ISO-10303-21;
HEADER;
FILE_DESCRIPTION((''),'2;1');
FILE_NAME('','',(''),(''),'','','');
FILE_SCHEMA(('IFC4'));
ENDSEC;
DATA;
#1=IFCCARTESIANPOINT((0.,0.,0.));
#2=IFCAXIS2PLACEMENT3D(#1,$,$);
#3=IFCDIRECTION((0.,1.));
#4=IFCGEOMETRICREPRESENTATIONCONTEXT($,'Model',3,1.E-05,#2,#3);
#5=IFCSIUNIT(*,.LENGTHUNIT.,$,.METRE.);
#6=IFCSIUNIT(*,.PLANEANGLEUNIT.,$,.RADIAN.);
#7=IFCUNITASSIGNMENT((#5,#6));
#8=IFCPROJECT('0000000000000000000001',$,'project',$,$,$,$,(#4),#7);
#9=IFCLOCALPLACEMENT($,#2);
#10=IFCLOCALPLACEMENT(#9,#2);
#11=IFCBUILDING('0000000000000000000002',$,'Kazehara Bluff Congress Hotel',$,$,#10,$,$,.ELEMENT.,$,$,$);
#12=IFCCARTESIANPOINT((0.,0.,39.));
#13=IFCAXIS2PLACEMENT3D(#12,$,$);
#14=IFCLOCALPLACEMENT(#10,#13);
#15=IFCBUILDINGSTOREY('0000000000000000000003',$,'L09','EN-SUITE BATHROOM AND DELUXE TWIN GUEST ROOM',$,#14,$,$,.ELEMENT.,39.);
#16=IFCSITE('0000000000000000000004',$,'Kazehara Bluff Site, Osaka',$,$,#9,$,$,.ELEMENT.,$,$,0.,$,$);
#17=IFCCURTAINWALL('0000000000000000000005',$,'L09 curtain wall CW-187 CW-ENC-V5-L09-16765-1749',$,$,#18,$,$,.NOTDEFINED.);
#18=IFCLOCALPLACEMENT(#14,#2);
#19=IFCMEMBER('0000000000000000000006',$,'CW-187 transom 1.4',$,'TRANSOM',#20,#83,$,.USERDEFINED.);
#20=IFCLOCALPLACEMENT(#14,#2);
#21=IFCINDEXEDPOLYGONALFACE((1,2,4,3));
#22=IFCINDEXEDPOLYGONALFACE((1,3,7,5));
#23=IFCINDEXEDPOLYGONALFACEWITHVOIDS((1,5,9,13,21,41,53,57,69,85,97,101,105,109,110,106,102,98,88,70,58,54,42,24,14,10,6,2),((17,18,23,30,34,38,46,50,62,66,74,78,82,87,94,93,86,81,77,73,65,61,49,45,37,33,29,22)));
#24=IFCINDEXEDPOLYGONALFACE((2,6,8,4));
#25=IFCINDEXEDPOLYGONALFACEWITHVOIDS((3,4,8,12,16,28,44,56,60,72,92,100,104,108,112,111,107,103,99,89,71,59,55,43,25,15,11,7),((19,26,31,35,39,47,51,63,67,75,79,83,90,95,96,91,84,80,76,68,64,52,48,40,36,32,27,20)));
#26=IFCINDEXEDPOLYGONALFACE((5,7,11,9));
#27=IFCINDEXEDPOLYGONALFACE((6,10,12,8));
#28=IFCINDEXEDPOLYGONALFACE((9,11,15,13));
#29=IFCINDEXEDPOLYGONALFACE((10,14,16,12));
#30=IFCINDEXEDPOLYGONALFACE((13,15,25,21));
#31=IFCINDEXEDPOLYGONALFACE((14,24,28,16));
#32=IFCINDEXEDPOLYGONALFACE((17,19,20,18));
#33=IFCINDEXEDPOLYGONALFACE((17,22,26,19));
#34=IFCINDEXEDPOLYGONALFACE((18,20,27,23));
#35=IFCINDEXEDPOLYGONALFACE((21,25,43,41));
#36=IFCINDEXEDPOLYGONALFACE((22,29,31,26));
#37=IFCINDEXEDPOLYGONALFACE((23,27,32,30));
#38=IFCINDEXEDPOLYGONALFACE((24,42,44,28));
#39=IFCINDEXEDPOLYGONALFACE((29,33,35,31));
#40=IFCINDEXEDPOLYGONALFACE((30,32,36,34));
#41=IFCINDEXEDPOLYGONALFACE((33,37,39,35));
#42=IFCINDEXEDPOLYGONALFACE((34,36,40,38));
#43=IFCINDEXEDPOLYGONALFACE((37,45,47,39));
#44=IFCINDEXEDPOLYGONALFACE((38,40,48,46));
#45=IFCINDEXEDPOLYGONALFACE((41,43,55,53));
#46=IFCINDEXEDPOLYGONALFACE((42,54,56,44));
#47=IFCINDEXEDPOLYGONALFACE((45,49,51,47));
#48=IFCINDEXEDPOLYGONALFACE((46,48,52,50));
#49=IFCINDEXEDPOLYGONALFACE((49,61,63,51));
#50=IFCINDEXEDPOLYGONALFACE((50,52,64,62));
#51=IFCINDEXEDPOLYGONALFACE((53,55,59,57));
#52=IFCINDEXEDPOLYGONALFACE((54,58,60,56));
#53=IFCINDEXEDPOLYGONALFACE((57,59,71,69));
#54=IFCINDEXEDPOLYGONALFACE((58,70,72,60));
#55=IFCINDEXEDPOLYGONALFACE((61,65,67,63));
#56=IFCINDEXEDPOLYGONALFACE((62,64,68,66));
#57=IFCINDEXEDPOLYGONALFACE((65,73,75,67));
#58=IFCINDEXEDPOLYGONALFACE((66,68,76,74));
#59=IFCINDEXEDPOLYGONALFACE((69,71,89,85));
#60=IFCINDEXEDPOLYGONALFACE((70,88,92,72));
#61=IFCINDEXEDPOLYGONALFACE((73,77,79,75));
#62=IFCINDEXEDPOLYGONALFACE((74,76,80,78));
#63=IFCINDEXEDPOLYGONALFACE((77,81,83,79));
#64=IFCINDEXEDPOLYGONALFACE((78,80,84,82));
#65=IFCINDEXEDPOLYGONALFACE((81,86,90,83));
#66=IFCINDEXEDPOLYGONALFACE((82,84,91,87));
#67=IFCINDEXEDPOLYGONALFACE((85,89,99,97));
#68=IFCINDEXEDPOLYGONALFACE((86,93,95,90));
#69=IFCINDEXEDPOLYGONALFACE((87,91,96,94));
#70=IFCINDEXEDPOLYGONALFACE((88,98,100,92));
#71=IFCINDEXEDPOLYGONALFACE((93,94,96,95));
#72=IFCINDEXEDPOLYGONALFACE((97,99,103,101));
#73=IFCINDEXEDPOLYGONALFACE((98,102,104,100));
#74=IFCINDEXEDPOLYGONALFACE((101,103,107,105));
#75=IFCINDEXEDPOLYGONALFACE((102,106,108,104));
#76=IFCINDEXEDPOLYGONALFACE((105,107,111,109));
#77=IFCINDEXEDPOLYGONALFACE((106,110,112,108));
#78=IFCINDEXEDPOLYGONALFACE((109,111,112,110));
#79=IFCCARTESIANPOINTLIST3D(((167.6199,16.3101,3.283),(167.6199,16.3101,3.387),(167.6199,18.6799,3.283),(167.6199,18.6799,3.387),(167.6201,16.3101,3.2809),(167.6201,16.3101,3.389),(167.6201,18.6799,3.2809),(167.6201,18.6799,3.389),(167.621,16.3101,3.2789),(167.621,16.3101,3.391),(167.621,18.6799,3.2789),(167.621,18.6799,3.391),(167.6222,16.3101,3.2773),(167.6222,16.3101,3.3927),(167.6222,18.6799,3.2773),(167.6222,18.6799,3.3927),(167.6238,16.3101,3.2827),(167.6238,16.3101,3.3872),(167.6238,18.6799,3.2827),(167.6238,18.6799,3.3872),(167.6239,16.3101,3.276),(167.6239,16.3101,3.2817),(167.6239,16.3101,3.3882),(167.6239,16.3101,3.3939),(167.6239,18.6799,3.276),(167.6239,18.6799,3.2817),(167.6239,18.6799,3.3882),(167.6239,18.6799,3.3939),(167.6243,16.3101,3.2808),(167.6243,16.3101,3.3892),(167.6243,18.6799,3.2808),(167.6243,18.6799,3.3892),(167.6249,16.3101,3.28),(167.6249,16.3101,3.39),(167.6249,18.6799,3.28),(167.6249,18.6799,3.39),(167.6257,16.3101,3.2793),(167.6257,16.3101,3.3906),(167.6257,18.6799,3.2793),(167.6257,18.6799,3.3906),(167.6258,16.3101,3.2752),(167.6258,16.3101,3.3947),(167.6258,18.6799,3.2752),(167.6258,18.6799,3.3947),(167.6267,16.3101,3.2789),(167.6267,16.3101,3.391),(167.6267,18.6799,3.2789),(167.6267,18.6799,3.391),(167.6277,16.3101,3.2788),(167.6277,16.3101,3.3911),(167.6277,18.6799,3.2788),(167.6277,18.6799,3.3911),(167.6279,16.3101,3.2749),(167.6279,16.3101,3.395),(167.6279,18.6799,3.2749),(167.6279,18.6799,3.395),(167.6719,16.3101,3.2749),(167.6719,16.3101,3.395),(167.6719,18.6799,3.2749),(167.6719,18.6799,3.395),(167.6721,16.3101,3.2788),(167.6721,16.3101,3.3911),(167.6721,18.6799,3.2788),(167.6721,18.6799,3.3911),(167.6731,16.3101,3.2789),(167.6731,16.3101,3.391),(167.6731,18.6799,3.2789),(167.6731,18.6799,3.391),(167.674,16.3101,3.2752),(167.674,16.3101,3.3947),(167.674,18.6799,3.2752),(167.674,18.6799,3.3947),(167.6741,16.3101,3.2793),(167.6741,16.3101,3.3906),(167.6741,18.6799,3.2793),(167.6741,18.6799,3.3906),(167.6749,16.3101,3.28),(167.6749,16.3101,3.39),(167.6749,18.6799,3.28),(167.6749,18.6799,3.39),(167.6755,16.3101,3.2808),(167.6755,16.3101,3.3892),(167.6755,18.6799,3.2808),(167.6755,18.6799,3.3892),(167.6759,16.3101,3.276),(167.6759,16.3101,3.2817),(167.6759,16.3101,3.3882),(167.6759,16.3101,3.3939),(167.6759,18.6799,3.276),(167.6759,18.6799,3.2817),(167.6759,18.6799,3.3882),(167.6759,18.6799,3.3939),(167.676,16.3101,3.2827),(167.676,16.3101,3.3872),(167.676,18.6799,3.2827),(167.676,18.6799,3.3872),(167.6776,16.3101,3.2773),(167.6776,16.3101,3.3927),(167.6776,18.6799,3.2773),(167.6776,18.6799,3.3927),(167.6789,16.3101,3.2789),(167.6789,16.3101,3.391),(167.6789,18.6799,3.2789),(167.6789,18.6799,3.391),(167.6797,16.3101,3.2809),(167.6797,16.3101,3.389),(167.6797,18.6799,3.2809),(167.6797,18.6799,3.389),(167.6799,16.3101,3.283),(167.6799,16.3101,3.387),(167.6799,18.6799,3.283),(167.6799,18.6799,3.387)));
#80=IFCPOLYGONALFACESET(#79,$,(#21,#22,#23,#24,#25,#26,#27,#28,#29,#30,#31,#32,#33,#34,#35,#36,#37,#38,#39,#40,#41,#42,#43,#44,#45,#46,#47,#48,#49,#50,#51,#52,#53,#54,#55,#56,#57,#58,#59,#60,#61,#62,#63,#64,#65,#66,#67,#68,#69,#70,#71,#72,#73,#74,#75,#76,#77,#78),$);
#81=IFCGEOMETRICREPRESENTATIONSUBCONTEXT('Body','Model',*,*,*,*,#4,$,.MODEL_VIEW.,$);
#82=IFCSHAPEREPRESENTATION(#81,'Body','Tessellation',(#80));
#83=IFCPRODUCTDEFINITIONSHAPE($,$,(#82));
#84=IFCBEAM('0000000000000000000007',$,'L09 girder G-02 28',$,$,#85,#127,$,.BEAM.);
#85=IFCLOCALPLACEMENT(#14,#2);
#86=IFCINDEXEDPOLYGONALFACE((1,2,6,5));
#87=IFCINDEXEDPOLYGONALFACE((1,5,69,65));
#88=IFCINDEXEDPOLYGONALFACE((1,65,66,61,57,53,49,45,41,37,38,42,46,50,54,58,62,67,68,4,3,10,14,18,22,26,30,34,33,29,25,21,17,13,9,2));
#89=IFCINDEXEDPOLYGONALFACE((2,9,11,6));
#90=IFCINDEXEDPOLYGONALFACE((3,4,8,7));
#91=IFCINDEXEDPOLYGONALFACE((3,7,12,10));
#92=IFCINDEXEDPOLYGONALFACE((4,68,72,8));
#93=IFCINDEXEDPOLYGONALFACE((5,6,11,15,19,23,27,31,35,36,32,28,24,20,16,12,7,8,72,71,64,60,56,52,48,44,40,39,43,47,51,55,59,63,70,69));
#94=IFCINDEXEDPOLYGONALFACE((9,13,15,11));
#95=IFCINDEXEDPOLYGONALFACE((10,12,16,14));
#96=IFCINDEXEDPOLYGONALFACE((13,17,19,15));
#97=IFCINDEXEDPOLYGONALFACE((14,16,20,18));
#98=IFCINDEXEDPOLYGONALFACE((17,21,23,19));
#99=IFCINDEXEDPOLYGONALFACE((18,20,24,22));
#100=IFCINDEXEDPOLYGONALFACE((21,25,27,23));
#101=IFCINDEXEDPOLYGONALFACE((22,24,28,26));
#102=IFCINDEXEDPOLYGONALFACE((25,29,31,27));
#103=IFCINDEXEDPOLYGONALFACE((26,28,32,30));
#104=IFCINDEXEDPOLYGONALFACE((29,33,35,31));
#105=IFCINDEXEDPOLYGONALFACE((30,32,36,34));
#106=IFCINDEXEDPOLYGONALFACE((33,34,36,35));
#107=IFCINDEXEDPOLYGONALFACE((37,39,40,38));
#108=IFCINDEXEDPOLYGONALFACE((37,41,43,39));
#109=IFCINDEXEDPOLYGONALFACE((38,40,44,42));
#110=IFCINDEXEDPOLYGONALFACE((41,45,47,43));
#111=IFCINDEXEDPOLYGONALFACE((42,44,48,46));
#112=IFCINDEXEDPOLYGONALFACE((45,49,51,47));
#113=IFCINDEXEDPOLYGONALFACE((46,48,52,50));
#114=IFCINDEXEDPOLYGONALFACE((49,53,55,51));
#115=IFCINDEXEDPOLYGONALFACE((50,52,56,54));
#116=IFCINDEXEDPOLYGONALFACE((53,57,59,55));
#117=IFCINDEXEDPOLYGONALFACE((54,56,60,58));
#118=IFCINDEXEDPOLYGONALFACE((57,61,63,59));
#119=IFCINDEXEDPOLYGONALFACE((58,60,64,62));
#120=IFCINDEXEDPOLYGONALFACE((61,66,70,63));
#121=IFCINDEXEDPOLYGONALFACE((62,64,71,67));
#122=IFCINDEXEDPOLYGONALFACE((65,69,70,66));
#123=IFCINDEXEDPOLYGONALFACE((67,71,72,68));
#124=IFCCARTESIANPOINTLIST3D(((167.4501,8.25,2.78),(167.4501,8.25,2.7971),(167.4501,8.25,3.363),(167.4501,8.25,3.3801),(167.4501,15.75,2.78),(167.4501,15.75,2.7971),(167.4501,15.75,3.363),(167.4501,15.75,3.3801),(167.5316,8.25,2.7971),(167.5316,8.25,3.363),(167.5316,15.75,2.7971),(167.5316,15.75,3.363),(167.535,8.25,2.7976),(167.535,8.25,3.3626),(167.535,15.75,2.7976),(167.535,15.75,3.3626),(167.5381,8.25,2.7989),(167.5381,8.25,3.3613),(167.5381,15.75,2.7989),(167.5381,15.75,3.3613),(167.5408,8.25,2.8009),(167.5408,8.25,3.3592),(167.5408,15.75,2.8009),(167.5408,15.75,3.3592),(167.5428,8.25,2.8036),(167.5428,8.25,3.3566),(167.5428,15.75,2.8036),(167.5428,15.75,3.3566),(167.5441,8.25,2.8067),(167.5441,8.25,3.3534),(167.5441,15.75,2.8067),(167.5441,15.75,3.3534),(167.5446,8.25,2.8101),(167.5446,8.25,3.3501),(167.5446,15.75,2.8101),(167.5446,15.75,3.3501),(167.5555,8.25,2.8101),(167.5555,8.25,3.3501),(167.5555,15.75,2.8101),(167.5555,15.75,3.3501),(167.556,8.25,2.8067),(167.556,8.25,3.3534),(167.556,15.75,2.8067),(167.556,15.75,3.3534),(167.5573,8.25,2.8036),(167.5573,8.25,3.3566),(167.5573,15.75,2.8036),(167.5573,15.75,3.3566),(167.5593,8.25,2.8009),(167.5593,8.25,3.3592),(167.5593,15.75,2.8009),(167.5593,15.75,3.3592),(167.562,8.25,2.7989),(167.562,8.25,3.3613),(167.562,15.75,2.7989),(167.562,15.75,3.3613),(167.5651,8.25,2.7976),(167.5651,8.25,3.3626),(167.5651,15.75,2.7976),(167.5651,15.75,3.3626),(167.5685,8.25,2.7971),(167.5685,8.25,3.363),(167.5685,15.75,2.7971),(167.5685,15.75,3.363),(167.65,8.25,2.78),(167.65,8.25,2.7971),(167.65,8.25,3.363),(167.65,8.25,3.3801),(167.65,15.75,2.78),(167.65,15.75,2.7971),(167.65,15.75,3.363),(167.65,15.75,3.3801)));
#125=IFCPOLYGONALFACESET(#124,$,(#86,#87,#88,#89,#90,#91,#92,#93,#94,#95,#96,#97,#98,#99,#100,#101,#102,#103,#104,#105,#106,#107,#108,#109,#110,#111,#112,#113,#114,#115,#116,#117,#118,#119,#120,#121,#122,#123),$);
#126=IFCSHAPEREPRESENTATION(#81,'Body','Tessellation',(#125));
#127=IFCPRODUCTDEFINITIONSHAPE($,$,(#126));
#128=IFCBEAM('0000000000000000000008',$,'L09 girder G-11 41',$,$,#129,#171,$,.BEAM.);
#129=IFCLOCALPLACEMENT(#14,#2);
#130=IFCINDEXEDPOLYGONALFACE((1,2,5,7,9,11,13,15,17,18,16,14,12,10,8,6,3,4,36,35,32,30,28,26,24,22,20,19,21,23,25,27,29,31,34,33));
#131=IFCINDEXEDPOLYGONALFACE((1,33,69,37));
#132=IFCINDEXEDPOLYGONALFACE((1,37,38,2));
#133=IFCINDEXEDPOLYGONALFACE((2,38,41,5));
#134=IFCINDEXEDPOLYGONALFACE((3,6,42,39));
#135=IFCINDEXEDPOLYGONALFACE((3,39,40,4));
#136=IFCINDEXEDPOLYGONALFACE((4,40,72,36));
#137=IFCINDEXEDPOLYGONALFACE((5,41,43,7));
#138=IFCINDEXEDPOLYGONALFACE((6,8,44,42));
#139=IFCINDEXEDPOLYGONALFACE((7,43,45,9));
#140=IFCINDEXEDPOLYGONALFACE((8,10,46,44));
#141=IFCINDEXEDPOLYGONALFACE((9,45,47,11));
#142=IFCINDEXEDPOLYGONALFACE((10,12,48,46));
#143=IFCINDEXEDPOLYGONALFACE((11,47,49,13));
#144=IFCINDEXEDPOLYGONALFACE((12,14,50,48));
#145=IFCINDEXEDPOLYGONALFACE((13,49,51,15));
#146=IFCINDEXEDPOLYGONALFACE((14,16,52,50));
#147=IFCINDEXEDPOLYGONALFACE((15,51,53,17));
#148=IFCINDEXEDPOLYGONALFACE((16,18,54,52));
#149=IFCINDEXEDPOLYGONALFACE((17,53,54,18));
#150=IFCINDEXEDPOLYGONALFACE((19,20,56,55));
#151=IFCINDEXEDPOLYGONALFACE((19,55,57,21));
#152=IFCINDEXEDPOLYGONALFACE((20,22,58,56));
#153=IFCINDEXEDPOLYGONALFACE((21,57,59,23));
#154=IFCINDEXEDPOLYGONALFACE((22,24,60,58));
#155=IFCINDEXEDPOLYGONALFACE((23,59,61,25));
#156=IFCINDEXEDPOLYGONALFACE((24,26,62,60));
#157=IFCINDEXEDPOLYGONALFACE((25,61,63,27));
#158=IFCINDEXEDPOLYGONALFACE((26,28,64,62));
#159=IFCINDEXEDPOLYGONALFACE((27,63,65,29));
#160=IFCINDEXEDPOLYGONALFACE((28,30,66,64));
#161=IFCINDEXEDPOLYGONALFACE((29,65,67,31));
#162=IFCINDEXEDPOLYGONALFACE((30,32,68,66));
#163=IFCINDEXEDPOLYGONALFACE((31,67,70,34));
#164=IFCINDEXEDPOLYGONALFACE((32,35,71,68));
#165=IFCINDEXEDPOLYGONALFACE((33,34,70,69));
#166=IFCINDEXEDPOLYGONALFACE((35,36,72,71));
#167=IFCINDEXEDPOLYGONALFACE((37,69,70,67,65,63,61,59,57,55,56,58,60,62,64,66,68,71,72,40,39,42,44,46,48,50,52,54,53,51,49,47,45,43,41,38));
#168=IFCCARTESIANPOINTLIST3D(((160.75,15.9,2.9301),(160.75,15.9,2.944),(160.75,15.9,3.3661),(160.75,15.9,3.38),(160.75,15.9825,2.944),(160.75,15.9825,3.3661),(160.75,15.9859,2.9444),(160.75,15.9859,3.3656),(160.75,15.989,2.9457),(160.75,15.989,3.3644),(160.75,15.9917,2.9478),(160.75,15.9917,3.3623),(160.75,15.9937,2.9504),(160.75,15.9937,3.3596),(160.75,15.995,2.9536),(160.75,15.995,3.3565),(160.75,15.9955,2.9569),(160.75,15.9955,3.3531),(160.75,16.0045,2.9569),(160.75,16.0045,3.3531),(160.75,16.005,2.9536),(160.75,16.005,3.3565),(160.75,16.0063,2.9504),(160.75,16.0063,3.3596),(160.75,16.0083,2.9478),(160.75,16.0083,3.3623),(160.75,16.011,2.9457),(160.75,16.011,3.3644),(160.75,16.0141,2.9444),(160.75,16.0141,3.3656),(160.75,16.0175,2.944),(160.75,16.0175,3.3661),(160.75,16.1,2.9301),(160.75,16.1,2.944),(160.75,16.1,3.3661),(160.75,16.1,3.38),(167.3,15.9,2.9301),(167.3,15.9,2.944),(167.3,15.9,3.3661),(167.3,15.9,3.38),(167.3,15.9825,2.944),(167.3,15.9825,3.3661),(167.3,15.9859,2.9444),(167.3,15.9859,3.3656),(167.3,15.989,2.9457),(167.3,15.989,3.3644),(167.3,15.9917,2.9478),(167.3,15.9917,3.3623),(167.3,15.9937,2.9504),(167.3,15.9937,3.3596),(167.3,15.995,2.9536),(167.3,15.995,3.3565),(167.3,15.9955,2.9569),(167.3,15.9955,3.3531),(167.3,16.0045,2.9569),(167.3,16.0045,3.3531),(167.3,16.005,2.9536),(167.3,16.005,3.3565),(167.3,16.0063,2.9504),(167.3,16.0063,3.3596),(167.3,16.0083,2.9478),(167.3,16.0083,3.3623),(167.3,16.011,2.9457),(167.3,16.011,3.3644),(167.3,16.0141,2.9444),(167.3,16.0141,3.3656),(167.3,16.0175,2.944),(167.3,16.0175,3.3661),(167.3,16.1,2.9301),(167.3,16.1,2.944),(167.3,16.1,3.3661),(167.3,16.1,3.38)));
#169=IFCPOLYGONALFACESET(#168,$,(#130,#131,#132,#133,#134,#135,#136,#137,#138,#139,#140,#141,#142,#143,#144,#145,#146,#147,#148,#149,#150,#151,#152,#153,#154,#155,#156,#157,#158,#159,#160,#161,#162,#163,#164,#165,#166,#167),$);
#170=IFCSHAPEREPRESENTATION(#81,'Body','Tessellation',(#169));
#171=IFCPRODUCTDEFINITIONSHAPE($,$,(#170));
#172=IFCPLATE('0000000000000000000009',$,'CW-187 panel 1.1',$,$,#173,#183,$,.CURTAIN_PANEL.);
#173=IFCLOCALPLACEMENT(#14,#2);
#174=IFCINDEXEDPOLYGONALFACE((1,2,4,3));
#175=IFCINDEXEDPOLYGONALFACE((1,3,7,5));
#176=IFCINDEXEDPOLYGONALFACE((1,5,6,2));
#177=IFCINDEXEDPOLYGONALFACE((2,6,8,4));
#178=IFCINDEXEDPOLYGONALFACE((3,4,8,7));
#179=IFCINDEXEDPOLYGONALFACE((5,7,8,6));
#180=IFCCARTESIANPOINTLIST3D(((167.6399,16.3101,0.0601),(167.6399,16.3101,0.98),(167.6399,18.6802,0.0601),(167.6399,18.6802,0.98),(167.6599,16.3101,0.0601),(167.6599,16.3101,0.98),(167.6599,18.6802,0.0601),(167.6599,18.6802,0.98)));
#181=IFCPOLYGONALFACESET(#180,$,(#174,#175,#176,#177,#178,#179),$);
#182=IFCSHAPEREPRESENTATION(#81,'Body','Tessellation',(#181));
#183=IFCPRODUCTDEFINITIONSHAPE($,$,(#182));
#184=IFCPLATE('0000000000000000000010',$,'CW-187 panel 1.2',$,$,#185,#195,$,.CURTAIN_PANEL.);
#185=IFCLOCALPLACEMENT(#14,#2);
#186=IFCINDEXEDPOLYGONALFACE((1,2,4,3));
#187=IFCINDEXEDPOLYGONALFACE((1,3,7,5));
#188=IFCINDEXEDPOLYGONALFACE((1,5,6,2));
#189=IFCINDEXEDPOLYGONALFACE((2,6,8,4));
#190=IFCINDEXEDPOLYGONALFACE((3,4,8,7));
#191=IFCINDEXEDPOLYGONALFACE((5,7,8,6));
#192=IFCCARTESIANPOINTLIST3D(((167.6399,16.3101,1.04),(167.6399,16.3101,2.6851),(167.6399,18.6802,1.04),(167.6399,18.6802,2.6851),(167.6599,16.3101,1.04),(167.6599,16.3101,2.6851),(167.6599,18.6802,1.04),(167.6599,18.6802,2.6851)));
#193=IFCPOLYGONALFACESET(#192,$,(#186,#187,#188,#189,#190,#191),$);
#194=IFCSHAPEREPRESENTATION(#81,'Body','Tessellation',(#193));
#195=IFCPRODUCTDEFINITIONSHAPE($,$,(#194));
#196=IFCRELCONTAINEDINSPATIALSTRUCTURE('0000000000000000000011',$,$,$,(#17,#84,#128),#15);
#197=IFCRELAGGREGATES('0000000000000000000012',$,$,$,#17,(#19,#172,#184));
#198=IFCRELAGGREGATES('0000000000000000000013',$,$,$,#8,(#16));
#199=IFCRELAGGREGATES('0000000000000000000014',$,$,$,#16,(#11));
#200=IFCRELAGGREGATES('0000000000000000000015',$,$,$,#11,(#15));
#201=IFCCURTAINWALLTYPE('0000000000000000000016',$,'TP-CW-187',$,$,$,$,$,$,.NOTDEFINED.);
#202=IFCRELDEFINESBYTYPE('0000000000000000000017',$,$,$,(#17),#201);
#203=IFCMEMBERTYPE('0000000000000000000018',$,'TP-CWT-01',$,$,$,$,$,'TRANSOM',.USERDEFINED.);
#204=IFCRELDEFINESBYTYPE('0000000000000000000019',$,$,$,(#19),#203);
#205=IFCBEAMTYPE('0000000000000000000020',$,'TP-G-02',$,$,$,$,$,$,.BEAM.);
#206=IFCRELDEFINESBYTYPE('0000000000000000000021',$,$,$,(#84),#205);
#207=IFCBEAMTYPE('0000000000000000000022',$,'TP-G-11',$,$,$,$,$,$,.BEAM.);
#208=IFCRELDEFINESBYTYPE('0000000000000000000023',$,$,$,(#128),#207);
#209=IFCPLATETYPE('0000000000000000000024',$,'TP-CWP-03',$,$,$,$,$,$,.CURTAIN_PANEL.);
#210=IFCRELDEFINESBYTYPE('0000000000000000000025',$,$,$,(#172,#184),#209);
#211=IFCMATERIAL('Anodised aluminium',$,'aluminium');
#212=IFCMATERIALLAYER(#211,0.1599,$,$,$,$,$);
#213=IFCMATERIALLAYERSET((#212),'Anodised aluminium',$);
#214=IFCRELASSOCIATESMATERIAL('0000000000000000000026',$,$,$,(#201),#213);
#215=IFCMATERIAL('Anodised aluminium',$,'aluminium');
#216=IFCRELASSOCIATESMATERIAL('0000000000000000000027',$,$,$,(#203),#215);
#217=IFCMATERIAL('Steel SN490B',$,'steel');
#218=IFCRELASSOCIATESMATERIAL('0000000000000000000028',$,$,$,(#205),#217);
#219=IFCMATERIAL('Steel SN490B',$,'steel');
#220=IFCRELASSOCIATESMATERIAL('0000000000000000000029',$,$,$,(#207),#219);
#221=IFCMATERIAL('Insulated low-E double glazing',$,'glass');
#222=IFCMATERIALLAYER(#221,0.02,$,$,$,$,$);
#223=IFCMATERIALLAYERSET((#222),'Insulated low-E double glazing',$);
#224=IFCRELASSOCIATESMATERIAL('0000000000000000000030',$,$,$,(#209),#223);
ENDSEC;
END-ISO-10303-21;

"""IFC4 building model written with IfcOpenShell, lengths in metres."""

from ifc_helpers import new_model, si_unit, direction, frame, origin, origin_2d, place, context, subcontext, project, spatial, rectangle, hollow_rectangle, i_section, extrude, material, layer, layer_set, material_profile, profile_set, type_object, element, aggregate, save


model = new_model("IFC4")

# Units and contexts
model_context = context("Model", 3, precision=1e-05, world=origin(), true_north=direction((0.0, 1.0)))
body_context = subcontext(model_context, "Body", "Model", "MODEL_VIEW")
ifc_project = project(units=[si_unit("LENGTHUNIT", "METRE"), si_unit("PLANEANGLEUNIT", "RADIAN")], contexts=[model_context])

# Site, building, storey
site_placement = place(None, origin())
site = spatial("IfcSite", under=ifc_project, at=site_placement, Name="Kazehara Bluff Site, Osaka", CompositionType="ELEMENT", RefElevation=0.0)
building_placement = place(site_placement, origin())
building = spatial("IfcBuilding", under=site, at=building_placement, Name="Kazehara Bluff Congress Hotel", CompositionType="ELEMENT")
storey_placement = place(building_placement, frame((0.0, 0.0, 39.0)))
storey = spatial("IfcBuildingStorey", under=building, at=storey_placement, Name="L09", Description="EN-SUITE BATHROOM AND DELUXE TWIN GUEST ROOM", CompositionType="ELEMENT", Elevation=39.0)

# Curtain wall, member
ifc_material_1 = material(Name="Anodised aluminium", Category="aluminium")
ifc_layer_1 = layer(ifc_material_1, 0.1599)
ifc_layer_set_1 = layer_set([ifc_layer_1], Name="Anodised aluminium")
curtain_wall_type = type_object("IfcCurtainWallType", Name="TP-CW-187", PredefinedType="NOTDEFINED", material=ifc_layer_set_1)
curtain_wall_placement = place(storey_placement, origin())
curtain_wall = element("IfcCurtainWall", 1, at=curtain_wall_placement, inside=storey, type_object=curtain_wall_type, Name="L09 curtain wall CW-187 CW-ENC-V5-L09-16765-1749", PredefinedType="NOTDEFINED")
ifc_material_2 = material(Name="Anodised aluminium", Category="aluminium")
ifc_material_profile_1 = material_profile(ifc_material_2, hollow_rectangle(XDim=0.0601, YDim=0.1201, WallThickness=0.0039, InnerFilletRadius=0.0039, OuterFilletRadius=0.0081, at=origin_2d()))
ifc_profile_set_1 = profile_set([ifc_material_profile_1], Name="Anodised aluminium")
member_type_1 = type_object("IfcMemberType", Name="TP-CWT-01", ElementType="TRANSOM", PredefinedType="USERDEFINED", material=ifc_profile_set_1)
member_1_placement = place(storey_placement, frame((167.6499, 18.6799, 3.335), z_axis=(0.0, -1.0, 0.0), x_axis=(1.0, 0.0, 0.0)))
member_1 = element("IfcMember", 2, at=member_1_placement, type_object=member_type_1, Name="CW-187 transom 1.4", ObjectType="TRANSOM", PredefinedType="USERDEFINED", context=body_context, shape_type="SweptSolid", body=[
    extrude(hollow_rectangle(XDim=0.0601, YDim=0.1201, WallThickness=0.0039, InnerFilletRadius=0.0039, OuterFilletRadius=0.0081, at=origin_2d()), origin(), (0.0, 0.0, 1.0), 2.3699),
])

# Beams
ifc_material_3 = material(Name="Steel SN490B", Category="steel")
ifc_material_profile_2 = material_profile(ifc_material_3, i_section(OverallWidth=0.2, OverallDepth=0.6001, WebThickness=0.011, FlangeThickness=0.0171, FilletRadius=0.0129, at=origin_2d()))
ifc_profile_set_2 = profile_set([ifc_material_profile_2], Name="Steel SN490B")
beam_type_1 = type_object("IfcBeamType", Name="TP-G-02", PredefinedType="BEAM", material=ifc_profile_set_2)
beam_1_placement = place(storey_placement, frame((167.55, 8.25, 3.0801), z_axis=(0.0, 1.0, 0.0), x_axis=(-1.0, 0.0, 0.0)))
element("IfcBeam", 3, at=beam_1_placement, inside=storey, type_object=beam_type_1, Name="L09 girder G-02 28", PredefinedType="BEAM", context=body_context, shape_type="SweptSolid", body=[
    extrude(i_section(OverallWidth=0.2, OverallDepth=0.6001, WebThickness=0.011, FlangeThickness=0.0171, FilletRadius=0.0129, at=origin_2d()), origin(), (0.0, 0.0, 1.0), 7.5),
])
ifc_material_4 = material(Name="Steel SN490B", Category="steel")
ifc_material_profile_3 = material_profile(ifc_material_4, i_section(OverallWidth=0.2, OverallDepth=0.45, WebThickness=0.009, FlangeThickness=0.0139, FilletRadius=0.0129, at=origin_2d()))
ifc_profile_set_3 = profile_set([ifc_material_profile_3], Name="Steel SN490B")
beam_type_2 = type_object("IfcBeamType", Name="TP-G-11", PredefinedType="BEAM", material=ifc_profile_set_3)
beam_2_placement = place(storey_placement, frame((160.75, 16.0, 3.155), z_axis=(1.0, 0.0, 0.0), x_axis=(0.0, 1.0, 0.0)))
element("IfcBeam", 4, at=beam_2_placement, inside=storey, type_object=beam_type_2, Name="L09 girder G-11 41", PredefinedType="BEAM", context=body_context, shape_type="SweptSolid", body=[
    extrude(i_section(OverallWidth=0.2, OverallDepth=0.45, WebThickness=0.009, FlangeThickness=0.0139, FilletRadius=0.0129, at=origin_2d()), origin(), (0.0, 0.0, 1.0), 6.55),
])

# Plates
ifc_material_5 = material(Name="Insulated low-E double glazing", Category="glass")
ifc_layer_2 = layer(ifc_material_5, 0.02)
ifc_layer_set_2 = layer_set([ifc_layer_2], Name="Insulated low-E double glazing")
plate_type = type_object("IfcPlateType", Name="TP-CWP-03", PredefinedType="CURTAIN_PANEL", material=ifc_layer_set_2)
plate_1_placement = place(storey_placement, frame((167.6499, 17.4951, 0.0601), z_axis=(0.0, 0.0, 1.0), x_axis=(0.0, -1.0, 0.0)))
plate_1 = element("IfcPlate", 5, at=plate_1_placement, type_object=plate_type, Name="CW-187 panel 1.1", PredefinedType="CURTAIN_PANEL", context=body_context, shape_type="SweptSolid", body=[
    extrude(rectangle(XDim=2.3701, YDim=0.02, at=origin_2d()), origin(), (0.0, 0.0, 1.0), 0.9199),
])
plate_2_placement = place(storey_placement, frame((167.6499, 17.4951, 1.04), z_axis=(0.0, 0.0, 1.0), x_axis=(0.0, -1.0, 0.0)))
plate_2 = element("IfcPlate", 6, at=plate_2_placement, type_object=plate_type, Name="CW-187 panel 1.2", PredefinedType="CURTAIN_PANEL", context=body_context, shape_type="SweptSolid", body=[
    extrude(rectangle(XDim=2.3701, YDim=0.02, at=origin_2d()), origin(), (0.0, 0.0, 1.0), 1.645),
])
aggregate(curtain_wall, [member_1, plate_1, plate_2])

save(model, "model.ifc")
